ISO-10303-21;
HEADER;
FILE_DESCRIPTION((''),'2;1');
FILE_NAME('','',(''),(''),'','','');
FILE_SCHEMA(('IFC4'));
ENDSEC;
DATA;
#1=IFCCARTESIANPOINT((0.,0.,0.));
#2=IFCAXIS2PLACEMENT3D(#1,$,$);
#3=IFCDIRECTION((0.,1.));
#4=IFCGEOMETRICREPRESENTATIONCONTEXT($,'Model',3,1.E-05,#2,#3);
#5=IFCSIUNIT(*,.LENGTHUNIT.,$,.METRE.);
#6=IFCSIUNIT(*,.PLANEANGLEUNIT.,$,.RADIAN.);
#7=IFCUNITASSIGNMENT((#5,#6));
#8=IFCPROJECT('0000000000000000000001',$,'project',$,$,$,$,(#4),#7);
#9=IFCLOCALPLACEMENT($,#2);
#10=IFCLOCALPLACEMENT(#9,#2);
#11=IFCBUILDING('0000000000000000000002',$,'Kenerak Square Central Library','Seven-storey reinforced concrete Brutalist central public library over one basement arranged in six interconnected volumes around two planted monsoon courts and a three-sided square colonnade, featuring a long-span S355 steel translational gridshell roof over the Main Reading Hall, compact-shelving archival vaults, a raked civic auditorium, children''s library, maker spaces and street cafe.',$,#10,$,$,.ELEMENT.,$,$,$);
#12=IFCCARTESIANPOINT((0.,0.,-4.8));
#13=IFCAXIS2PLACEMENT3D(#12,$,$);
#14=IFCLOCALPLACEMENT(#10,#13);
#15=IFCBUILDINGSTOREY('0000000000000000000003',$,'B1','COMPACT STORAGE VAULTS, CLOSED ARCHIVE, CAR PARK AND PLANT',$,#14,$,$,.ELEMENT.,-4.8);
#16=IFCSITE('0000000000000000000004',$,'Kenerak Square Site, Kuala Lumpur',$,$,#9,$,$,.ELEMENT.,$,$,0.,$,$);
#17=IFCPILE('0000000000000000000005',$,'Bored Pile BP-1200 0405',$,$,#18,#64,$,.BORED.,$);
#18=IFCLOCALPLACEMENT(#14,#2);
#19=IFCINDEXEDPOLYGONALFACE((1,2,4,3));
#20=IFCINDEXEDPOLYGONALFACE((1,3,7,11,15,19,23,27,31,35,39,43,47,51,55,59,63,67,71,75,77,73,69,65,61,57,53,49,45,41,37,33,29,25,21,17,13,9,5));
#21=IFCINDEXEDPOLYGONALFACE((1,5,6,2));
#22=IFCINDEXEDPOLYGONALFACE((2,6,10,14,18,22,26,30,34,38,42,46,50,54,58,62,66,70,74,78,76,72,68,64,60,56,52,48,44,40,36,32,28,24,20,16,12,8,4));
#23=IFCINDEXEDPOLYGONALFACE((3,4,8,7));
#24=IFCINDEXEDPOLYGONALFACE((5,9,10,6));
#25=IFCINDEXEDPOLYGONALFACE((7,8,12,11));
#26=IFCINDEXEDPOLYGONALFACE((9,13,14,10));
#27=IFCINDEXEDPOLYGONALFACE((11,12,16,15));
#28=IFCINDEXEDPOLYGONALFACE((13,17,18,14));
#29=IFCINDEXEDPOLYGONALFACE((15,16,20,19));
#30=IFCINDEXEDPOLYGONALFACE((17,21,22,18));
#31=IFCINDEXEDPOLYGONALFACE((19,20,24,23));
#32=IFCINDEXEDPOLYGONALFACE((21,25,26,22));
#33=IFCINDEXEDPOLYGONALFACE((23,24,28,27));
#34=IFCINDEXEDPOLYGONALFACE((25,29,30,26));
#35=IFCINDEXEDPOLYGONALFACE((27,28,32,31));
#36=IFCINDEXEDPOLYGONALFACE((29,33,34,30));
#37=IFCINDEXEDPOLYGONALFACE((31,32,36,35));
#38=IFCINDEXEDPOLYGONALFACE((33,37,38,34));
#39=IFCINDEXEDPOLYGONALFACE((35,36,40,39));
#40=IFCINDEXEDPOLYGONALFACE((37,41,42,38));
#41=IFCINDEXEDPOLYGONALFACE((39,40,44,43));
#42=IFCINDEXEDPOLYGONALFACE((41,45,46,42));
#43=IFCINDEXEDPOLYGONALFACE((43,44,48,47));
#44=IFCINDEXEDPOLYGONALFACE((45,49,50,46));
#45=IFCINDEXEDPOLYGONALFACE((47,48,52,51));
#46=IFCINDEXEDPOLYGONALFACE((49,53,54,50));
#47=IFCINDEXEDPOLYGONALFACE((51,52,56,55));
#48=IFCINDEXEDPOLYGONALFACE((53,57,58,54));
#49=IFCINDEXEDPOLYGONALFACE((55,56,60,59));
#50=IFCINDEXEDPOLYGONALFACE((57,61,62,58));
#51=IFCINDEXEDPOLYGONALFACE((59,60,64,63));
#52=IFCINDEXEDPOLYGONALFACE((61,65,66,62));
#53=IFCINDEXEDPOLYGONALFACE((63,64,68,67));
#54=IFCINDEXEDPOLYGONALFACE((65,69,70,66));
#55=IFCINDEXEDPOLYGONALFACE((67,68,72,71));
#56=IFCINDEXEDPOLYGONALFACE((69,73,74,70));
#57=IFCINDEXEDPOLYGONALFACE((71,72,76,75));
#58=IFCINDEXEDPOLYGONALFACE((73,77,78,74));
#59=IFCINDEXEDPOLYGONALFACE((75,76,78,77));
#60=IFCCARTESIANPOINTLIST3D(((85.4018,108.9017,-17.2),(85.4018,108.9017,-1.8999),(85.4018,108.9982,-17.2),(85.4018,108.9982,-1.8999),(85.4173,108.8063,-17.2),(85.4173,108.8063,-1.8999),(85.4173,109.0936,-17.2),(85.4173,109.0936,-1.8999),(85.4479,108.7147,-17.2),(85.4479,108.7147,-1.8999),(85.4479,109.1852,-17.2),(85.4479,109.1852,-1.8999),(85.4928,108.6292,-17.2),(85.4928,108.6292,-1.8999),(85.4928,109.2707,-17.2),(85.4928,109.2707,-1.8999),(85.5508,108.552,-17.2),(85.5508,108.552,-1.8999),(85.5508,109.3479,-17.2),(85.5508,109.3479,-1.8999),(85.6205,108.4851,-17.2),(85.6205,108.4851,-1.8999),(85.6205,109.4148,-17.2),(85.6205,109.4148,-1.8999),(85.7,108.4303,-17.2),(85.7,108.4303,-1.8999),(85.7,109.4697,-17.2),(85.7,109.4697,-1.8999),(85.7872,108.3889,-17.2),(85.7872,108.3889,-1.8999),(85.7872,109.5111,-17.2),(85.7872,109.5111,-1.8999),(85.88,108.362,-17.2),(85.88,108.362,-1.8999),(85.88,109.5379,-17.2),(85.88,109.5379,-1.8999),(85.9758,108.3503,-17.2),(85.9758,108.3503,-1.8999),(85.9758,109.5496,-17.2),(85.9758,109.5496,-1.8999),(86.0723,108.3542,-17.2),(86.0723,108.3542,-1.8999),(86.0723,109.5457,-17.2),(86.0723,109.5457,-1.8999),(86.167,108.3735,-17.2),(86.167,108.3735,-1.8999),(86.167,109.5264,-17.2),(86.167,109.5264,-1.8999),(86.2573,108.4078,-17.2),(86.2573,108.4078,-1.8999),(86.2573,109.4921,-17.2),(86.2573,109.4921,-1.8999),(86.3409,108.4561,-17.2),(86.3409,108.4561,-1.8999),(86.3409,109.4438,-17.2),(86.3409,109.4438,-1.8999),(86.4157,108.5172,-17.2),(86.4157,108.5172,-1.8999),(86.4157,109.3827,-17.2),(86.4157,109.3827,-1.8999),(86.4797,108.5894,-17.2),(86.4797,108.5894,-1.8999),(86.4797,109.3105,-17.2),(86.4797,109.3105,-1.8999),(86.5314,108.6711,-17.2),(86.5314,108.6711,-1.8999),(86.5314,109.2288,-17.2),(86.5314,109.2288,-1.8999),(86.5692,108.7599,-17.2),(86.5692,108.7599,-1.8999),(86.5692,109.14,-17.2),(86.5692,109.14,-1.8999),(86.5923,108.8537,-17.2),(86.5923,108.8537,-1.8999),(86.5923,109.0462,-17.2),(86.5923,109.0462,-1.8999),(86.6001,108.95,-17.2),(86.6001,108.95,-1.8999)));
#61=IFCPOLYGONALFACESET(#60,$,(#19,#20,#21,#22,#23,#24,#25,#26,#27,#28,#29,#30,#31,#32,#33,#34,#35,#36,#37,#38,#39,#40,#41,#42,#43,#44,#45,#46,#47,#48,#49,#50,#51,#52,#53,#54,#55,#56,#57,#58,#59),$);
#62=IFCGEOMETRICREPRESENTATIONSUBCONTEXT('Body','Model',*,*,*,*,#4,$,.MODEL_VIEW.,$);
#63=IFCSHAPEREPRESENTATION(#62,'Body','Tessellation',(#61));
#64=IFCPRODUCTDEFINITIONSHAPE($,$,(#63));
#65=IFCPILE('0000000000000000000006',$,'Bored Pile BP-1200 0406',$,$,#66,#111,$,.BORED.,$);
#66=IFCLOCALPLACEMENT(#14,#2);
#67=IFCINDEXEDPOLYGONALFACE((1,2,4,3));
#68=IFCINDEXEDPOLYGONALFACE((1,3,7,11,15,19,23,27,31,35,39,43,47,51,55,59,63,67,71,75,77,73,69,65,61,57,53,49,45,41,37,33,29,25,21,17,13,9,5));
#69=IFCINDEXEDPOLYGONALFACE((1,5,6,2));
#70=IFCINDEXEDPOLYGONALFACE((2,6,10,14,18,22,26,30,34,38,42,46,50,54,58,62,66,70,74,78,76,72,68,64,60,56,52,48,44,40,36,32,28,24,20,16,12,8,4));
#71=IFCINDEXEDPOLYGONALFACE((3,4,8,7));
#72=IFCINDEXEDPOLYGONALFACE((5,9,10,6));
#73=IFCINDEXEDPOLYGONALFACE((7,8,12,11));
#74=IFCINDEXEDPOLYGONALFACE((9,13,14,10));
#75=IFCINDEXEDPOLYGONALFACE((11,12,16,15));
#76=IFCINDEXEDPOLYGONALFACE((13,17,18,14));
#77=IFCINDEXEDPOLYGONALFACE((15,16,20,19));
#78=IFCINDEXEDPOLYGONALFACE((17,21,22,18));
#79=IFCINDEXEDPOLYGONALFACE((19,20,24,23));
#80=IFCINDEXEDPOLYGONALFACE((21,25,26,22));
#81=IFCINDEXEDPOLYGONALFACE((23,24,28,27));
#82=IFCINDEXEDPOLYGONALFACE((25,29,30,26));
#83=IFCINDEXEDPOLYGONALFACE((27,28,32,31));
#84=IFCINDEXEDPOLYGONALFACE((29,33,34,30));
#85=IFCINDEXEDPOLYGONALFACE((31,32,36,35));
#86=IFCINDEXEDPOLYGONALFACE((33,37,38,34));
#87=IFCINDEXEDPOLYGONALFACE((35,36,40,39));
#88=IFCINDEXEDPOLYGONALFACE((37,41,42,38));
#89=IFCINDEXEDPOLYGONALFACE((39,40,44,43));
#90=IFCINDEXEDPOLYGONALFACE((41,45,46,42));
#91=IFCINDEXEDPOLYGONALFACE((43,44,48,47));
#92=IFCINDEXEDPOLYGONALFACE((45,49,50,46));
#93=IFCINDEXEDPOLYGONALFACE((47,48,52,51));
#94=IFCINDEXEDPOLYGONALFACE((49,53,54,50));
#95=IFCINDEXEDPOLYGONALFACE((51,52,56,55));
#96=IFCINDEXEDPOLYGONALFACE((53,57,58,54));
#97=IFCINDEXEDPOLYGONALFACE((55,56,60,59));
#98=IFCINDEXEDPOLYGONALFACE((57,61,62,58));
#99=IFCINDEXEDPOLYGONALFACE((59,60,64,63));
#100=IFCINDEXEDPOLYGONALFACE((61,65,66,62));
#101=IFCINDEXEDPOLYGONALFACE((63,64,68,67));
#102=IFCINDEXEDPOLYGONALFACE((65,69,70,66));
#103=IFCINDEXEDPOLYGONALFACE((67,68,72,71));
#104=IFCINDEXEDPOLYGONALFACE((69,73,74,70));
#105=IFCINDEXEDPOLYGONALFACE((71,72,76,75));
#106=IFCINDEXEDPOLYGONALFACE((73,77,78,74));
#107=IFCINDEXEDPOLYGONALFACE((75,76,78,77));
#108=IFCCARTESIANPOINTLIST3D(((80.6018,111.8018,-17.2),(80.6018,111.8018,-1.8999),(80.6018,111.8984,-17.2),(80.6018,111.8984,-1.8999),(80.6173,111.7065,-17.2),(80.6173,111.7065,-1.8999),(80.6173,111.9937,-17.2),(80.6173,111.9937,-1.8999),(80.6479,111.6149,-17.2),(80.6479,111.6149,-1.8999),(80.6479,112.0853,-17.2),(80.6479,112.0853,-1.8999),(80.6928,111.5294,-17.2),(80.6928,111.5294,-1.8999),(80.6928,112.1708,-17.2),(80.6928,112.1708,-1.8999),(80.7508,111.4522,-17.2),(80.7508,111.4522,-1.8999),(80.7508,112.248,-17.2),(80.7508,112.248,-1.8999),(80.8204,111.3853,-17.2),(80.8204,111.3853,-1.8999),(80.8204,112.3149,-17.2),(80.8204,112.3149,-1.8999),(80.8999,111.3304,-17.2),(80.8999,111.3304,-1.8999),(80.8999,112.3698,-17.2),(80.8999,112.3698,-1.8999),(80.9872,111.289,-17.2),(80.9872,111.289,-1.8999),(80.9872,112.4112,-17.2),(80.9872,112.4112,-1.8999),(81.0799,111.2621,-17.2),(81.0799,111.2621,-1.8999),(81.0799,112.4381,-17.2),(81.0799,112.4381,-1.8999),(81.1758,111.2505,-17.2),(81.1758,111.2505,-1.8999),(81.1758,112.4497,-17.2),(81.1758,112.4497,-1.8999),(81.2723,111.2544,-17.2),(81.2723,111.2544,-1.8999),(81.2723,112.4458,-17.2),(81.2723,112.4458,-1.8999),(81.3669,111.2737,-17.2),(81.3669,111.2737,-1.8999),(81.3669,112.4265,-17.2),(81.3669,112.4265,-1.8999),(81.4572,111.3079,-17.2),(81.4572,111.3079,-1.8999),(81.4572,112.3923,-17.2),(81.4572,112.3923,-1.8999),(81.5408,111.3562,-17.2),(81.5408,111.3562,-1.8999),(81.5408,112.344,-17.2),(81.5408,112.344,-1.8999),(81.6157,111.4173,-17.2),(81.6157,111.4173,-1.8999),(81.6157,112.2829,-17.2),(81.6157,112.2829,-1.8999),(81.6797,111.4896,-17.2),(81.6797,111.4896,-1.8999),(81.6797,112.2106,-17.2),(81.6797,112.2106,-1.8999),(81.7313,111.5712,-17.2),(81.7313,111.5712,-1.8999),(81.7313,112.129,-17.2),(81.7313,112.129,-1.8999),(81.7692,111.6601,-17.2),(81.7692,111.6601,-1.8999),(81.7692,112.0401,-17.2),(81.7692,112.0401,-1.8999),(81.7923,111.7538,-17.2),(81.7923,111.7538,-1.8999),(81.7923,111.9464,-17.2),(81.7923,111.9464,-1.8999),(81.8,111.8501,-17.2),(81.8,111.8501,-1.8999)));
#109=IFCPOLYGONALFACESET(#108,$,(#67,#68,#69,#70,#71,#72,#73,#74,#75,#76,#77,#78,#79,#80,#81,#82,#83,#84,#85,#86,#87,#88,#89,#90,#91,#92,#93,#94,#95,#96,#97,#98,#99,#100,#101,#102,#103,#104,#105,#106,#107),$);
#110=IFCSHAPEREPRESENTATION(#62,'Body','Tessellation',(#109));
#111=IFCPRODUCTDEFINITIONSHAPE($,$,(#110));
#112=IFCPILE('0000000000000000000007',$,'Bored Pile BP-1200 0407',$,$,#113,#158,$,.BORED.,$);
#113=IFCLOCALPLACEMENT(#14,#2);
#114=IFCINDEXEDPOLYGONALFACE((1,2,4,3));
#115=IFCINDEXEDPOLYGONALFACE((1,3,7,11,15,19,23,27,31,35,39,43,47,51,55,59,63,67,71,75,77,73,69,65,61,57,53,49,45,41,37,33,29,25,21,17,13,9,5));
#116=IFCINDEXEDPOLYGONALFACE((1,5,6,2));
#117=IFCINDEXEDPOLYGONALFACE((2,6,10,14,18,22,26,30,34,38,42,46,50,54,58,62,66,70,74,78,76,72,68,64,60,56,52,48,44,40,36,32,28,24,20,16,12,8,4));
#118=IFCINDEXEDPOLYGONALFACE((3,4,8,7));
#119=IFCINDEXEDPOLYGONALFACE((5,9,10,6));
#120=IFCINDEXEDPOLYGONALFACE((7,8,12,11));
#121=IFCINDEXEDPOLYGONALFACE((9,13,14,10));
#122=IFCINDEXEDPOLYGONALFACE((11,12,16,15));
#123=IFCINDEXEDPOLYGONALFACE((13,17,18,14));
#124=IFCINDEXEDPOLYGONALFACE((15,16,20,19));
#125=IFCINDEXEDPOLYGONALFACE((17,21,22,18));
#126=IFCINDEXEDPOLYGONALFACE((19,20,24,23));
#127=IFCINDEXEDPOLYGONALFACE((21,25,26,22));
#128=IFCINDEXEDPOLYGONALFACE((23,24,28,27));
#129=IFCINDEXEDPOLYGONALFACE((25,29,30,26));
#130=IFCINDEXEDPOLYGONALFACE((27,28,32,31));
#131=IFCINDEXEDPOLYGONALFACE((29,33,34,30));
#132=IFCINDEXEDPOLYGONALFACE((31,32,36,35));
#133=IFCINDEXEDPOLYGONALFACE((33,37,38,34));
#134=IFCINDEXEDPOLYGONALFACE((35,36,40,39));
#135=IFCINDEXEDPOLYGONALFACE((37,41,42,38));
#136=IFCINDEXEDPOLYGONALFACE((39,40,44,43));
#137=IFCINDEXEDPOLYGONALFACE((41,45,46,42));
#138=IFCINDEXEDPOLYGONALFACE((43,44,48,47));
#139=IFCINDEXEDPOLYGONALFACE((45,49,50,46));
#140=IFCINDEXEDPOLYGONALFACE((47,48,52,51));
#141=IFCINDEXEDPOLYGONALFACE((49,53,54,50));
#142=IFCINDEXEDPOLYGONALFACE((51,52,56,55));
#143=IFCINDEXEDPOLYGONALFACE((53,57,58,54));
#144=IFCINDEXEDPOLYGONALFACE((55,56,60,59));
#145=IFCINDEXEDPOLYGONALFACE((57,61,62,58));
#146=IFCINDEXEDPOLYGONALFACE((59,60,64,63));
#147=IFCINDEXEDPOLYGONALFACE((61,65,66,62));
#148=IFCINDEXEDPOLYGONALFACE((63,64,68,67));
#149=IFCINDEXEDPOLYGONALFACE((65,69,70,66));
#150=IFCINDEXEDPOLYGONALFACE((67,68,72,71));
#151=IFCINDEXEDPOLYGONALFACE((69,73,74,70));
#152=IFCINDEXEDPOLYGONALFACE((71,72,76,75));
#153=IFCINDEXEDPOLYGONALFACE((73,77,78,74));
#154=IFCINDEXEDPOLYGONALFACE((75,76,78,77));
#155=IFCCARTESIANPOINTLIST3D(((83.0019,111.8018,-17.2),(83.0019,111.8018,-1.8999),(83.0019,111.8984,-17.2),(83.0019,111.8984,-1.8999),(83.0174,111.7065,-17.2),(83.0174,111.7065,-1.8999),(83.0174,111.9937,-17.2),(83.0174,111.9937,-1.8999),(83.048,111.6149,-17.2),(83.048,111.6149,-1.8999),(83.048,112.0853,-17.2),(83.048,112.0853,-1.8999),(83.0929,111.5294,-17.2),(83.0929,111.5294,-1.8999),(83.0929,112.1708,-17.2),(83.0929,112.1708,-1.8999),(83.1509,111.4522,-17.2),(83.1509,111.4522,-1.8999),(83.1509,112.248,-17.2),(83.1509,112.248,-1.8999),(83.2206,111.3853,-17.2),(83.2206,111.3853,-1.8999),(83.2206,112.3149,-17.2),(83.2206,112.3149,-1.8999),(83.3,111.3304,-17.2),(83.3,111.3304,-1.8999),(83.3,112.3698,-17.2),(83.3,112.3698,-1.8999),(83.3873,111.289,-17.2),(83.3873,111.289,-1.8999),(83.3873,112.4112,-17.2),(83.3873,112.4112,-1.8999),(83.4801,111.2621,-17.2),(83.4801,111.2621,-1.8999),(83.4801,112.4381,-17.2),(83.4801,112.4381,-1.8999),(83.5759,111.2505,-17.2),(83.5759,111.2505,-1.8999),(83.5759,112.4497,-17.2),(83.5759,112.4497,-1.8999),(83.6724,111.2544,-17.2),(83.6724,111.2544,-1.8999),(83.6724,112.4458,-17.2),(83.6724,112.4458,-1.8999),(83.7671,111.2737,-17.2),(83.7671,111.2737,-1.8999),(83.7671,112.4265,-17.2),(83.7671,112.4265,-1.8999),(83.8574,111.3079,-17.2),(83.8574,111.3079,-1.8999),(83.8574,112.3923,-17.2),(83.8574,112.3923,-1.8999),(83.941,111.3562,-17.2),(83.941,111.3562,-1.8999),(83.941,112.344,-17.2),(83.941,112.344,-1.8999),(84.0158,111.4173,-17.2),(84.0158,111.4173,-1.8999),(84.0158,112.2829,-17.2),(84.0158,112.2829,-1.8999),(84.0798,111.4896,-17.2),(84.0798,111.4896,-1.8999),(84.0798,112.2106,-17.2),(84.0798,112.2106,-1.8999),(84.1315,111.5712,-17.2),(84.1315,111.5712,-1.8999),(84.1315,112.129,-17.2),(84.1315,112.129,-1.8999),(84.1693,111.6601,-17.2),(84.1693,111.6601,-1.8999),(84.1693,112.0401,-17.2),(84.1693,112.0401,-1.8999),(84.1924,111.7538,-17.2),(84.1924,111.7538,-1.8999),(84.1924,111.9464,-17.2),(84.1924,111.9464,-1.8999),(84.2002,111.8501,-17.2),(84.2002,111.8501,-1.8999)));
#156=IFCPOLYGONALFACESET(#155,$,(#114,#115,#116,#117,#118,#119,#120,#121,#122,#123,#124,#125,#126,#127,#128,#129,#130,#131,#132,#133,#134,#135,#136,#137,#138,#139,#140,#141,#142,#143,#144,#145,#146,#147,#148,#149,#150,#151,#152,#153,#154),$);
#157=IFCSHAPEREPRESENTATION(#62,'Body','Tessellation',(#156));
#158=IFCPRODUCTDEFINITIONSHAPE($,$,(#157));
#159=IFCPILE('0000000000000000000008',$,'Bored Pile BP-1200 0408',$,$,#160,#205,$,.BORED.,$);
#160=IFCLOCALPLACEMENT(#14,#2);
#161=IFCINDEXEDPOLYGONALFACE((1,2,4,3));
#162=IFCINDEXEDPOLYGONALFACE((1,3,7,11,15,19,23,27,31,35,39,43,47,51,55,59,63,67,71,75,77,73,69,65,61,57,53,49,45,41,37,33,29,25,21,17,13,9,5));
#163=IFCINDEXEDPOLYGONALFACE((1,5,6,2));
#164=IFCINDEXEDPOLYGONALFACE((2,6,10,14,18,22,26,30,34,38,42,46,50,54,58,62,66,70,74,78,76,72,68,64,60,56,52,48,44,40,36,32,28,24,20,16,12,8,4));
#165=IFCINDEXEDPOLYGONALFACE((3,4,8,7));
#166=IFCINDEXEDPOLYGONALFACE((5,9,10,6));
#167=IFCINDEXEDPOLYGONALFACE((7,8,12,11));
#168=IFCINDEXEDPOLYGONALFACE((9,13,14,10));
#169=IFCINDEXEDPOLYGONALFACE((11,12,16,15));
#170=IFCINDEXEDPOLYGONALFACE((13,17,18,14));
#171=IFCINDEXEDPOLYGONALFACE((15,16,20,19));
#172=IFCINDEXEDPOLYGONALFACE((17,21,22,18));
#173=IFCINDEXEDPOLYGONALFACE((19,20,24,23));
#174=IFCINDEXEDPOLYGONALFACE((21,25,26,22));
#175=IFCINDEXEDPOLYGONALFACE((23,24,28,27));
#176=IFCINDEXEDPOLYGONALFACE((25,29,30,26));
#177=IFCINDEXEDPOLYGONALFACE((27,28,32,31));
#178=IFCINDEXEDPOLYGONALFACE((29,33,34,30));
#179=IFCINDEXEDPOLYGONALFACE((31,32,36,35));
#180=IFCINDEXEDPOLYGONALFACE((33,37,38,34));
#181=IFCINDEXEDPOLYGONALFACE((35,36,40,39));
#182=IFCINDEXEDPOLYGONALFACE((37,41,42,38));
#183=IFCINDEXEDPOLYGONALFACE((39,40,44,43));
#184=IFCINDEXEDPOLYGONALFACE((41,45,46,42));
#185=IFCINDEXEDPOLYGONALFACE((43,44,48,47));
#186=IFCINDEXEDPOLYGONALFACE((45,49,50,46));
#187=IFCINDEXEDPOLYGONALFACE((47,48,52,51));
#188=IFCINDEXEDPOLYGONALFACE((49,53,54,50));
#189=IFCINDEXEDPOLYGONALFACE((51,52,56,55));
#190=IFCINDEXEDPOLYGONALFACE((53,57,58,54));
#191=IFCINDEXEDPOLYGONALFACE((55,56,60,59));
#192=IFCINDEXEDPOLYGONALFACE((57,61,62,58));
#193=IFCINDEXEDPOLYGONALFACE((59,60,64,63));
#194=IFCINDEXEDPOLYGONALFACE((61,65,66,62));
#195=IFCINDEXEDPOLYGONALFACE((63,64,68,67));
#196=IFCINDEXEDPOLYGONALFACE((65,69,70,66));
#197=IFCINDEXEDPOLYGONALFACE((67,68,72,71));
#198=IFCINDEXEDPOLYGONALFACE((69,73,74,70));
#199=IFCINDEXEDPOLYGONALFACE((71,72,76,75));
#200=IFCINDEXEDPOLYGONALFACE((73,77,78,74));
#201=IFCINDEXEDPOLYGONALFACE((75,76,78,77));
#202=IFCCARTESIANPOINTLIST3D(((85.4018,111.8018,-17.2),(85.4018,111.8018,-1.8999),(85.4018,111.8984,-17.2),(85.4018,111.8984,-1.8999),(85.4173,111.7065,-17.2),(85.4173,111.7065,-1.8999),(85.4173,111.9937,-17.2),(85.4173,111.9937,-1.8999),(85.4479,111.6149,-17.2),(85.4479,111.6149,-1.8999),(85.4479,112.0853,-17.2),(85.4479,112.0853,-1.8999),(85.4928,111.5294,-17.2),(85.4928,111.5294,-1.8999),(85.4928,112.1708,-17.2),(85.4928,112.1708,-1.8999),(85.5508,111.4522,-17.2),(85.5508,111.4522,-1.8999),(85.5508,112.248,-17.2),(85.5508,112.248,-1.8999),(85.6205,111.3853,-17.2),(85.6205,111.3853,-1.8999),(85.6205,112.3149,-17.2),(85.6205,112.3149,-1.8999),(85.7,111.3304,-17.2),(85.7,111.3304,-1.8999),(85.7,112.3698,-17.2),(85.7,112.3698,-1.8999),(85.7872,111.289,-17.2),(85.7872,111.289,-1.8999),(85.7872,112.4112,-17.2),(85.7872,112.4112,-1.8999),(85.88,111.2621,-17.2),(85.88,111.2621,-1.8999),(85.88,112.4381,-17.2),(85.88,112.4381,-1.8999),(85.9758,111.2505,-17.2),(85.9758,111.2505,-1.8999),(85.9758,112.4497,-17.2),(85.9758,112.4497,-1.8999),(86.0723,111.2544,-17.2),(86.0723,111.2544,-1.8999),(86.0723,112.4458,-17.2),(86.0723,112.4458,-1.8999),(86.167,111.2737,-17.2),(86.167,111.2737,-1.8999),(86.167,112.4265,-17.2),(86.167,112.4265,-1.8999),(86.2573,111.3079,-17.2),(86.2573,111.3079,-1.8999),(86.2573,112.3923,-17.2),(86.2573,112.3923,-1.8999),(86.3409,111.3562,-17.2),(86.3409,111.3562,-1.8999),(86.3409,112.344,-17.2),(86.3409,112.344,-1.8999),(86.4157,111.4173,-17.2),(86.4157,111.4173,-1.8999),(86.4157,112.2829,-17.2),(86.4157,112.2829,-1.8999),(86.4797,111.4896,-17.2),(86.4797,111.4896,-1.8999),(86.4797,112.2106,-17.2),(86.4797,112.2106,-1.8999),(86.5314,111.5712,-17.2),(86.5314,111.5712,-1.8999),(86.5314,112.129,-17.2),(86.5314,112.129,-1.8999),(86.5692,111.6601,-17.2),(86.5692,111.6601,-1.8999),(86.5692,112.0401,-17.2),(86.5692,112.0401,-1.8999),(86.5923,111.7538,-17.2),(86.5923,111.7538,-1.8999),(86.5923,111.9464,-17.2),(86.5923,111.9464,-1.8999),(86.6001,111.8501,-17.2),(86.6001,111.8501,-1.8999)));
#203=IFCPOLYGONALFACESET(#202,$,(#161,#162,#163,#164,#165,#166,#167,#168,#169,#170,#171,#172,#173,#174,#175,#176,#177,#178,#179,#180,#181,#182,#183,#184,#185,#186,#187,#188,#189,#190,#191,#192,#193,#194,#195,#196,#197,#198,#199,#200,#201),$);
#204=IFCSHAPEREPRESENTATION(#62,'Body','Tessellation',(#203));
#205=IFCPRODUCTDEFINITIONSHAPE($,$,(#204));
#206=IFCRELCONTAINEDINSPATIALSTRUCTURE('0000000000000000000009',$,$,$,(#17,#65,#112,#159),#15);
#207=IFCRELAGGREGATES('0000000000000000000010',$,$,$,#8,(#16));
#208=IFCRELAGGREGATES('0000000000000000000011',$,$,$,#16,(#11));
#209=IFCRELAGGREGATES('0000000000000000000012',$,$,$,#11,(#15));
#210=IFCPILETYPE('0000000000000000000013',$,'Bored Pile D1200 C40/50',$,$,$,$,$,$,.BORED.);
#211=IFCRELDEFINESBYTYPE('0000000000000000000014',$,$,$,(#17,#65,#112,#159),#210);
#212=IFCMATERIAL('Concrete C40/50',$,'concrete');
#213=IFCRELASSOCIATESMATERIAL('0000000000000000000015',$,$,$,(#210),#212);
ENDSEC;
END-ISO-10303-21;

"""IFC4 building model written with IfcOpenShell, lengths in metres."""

from ifc_helpers import new_model, si_unit, direction, frame, origin, origin_2d, place, context, subcontext, project, spatial, circle, extrude, material, material_profile, profile_set, type_object, element, save


model = new_model("IFC4")

# Units and contexts
model_context = context("Model", 3, precision=1e-05, world=origin(), true_north=direction((0.0, 1.0)))
body_context = subcontext(model_context, "Body", "Model", "MODEL_VIEW")
ifc_project = project(units=[si_unit("LENGTHUNIT", "METRE"), si_unit("PLANEANGLEUNIT", "RADIAN")], contexts=[model_context])

# Site, building, storey
site_placement = place(None, origin())
site = spatial("IfcSite", under=ifc_project, at=site_placement, Name="Kenerak Square Site, Kuala Lumpur", CompositionType="ELEMENT", RefElevation=0.0)
building_placement = place(site_placement, origin())
building = spatial("IfcBuilding", under=site, at=building_placement, Name="Kenerak Square Central Library", Description="Seven-storey reinforced concrete Brutalist central public library over one basement arranged in six interconnected volumes around two planted monsoon courts and a three-sided square colonnade, featuring a long-span S355 steel translational gridshell roof over the Main Reading Hall, compact-shelving archival vaults, a raked civic auditorium, children's library, maker spaces and street cafe.", CompositionType="ELEMENT")
storey_placement = place(building_placement, frame((0.0, 0.0, -4.8)))
storey = spatial("IfcBuildingStorey", under=building, at=storey_placement, Name="B1", Description="COMPACT STORAGE VAULTS, CLOSED ARCHIVE, CAR PARK AND PLANT", CompositionType="ELEMENT", Elevation=-4.8)

# Piles
ifc_material_1 = material(Name="Concrete C40/50", Category="concrete")
ifc_material_profile_1 = material_profile(ifc_material_1, circle(Radius=0.6001, at=origin_2d()), Name="BP D1200")
ifc_profile_set_1 = profile_set([ifc_material_profile_1], Name="Concrete C40/50")
pile_type = type_object("IfcPileType", Name="Bored Pile D1200 C40/50", PredefinedType="BORED", material=ifc_profile_set_1)
for number, where, z_axis, x_axis, name in (
    (1, (86.0, 108.95, -1.8999), (0.0, 0.0, -1.0), (1.0, 0.0, 0.0), "Bored Pile BP-1200 0405"),
    (2, (81.2, 111.8501, -1.8999), (0.0, 0.0, -1.0), (1.0, 0.0, 0.0), "Bored Pile BP-1200 0406"),
    (3, (83.6001, 111.8501, -1.8999), (0.0, 0.0, -1.0), (1.0, 0.0, 0.0), "Bored Pile BP-1200 0407"),
    (4, (86.0, 111.8501, -1.8999), (0.0, 0.0, -1.0), (1.0, 0.0, 0.0), "Bored Pile BP-1200 0408"),
):
    element("IfcPile", number, at=place(storey_placement, frame(where, z_axis=z_axis, x_axis=x_axis)), inside=storey, type_object=pile_type, Name=name, PredefinedType="BORED", context=body_context, shape_type="SweptSolid", body=[
        extrude(circle(Radius=0.6001, at=origin_2d()), origin(), (0.0, 0.0, 1.0), 15.3),
    ])

save(model, "model.ifc")
